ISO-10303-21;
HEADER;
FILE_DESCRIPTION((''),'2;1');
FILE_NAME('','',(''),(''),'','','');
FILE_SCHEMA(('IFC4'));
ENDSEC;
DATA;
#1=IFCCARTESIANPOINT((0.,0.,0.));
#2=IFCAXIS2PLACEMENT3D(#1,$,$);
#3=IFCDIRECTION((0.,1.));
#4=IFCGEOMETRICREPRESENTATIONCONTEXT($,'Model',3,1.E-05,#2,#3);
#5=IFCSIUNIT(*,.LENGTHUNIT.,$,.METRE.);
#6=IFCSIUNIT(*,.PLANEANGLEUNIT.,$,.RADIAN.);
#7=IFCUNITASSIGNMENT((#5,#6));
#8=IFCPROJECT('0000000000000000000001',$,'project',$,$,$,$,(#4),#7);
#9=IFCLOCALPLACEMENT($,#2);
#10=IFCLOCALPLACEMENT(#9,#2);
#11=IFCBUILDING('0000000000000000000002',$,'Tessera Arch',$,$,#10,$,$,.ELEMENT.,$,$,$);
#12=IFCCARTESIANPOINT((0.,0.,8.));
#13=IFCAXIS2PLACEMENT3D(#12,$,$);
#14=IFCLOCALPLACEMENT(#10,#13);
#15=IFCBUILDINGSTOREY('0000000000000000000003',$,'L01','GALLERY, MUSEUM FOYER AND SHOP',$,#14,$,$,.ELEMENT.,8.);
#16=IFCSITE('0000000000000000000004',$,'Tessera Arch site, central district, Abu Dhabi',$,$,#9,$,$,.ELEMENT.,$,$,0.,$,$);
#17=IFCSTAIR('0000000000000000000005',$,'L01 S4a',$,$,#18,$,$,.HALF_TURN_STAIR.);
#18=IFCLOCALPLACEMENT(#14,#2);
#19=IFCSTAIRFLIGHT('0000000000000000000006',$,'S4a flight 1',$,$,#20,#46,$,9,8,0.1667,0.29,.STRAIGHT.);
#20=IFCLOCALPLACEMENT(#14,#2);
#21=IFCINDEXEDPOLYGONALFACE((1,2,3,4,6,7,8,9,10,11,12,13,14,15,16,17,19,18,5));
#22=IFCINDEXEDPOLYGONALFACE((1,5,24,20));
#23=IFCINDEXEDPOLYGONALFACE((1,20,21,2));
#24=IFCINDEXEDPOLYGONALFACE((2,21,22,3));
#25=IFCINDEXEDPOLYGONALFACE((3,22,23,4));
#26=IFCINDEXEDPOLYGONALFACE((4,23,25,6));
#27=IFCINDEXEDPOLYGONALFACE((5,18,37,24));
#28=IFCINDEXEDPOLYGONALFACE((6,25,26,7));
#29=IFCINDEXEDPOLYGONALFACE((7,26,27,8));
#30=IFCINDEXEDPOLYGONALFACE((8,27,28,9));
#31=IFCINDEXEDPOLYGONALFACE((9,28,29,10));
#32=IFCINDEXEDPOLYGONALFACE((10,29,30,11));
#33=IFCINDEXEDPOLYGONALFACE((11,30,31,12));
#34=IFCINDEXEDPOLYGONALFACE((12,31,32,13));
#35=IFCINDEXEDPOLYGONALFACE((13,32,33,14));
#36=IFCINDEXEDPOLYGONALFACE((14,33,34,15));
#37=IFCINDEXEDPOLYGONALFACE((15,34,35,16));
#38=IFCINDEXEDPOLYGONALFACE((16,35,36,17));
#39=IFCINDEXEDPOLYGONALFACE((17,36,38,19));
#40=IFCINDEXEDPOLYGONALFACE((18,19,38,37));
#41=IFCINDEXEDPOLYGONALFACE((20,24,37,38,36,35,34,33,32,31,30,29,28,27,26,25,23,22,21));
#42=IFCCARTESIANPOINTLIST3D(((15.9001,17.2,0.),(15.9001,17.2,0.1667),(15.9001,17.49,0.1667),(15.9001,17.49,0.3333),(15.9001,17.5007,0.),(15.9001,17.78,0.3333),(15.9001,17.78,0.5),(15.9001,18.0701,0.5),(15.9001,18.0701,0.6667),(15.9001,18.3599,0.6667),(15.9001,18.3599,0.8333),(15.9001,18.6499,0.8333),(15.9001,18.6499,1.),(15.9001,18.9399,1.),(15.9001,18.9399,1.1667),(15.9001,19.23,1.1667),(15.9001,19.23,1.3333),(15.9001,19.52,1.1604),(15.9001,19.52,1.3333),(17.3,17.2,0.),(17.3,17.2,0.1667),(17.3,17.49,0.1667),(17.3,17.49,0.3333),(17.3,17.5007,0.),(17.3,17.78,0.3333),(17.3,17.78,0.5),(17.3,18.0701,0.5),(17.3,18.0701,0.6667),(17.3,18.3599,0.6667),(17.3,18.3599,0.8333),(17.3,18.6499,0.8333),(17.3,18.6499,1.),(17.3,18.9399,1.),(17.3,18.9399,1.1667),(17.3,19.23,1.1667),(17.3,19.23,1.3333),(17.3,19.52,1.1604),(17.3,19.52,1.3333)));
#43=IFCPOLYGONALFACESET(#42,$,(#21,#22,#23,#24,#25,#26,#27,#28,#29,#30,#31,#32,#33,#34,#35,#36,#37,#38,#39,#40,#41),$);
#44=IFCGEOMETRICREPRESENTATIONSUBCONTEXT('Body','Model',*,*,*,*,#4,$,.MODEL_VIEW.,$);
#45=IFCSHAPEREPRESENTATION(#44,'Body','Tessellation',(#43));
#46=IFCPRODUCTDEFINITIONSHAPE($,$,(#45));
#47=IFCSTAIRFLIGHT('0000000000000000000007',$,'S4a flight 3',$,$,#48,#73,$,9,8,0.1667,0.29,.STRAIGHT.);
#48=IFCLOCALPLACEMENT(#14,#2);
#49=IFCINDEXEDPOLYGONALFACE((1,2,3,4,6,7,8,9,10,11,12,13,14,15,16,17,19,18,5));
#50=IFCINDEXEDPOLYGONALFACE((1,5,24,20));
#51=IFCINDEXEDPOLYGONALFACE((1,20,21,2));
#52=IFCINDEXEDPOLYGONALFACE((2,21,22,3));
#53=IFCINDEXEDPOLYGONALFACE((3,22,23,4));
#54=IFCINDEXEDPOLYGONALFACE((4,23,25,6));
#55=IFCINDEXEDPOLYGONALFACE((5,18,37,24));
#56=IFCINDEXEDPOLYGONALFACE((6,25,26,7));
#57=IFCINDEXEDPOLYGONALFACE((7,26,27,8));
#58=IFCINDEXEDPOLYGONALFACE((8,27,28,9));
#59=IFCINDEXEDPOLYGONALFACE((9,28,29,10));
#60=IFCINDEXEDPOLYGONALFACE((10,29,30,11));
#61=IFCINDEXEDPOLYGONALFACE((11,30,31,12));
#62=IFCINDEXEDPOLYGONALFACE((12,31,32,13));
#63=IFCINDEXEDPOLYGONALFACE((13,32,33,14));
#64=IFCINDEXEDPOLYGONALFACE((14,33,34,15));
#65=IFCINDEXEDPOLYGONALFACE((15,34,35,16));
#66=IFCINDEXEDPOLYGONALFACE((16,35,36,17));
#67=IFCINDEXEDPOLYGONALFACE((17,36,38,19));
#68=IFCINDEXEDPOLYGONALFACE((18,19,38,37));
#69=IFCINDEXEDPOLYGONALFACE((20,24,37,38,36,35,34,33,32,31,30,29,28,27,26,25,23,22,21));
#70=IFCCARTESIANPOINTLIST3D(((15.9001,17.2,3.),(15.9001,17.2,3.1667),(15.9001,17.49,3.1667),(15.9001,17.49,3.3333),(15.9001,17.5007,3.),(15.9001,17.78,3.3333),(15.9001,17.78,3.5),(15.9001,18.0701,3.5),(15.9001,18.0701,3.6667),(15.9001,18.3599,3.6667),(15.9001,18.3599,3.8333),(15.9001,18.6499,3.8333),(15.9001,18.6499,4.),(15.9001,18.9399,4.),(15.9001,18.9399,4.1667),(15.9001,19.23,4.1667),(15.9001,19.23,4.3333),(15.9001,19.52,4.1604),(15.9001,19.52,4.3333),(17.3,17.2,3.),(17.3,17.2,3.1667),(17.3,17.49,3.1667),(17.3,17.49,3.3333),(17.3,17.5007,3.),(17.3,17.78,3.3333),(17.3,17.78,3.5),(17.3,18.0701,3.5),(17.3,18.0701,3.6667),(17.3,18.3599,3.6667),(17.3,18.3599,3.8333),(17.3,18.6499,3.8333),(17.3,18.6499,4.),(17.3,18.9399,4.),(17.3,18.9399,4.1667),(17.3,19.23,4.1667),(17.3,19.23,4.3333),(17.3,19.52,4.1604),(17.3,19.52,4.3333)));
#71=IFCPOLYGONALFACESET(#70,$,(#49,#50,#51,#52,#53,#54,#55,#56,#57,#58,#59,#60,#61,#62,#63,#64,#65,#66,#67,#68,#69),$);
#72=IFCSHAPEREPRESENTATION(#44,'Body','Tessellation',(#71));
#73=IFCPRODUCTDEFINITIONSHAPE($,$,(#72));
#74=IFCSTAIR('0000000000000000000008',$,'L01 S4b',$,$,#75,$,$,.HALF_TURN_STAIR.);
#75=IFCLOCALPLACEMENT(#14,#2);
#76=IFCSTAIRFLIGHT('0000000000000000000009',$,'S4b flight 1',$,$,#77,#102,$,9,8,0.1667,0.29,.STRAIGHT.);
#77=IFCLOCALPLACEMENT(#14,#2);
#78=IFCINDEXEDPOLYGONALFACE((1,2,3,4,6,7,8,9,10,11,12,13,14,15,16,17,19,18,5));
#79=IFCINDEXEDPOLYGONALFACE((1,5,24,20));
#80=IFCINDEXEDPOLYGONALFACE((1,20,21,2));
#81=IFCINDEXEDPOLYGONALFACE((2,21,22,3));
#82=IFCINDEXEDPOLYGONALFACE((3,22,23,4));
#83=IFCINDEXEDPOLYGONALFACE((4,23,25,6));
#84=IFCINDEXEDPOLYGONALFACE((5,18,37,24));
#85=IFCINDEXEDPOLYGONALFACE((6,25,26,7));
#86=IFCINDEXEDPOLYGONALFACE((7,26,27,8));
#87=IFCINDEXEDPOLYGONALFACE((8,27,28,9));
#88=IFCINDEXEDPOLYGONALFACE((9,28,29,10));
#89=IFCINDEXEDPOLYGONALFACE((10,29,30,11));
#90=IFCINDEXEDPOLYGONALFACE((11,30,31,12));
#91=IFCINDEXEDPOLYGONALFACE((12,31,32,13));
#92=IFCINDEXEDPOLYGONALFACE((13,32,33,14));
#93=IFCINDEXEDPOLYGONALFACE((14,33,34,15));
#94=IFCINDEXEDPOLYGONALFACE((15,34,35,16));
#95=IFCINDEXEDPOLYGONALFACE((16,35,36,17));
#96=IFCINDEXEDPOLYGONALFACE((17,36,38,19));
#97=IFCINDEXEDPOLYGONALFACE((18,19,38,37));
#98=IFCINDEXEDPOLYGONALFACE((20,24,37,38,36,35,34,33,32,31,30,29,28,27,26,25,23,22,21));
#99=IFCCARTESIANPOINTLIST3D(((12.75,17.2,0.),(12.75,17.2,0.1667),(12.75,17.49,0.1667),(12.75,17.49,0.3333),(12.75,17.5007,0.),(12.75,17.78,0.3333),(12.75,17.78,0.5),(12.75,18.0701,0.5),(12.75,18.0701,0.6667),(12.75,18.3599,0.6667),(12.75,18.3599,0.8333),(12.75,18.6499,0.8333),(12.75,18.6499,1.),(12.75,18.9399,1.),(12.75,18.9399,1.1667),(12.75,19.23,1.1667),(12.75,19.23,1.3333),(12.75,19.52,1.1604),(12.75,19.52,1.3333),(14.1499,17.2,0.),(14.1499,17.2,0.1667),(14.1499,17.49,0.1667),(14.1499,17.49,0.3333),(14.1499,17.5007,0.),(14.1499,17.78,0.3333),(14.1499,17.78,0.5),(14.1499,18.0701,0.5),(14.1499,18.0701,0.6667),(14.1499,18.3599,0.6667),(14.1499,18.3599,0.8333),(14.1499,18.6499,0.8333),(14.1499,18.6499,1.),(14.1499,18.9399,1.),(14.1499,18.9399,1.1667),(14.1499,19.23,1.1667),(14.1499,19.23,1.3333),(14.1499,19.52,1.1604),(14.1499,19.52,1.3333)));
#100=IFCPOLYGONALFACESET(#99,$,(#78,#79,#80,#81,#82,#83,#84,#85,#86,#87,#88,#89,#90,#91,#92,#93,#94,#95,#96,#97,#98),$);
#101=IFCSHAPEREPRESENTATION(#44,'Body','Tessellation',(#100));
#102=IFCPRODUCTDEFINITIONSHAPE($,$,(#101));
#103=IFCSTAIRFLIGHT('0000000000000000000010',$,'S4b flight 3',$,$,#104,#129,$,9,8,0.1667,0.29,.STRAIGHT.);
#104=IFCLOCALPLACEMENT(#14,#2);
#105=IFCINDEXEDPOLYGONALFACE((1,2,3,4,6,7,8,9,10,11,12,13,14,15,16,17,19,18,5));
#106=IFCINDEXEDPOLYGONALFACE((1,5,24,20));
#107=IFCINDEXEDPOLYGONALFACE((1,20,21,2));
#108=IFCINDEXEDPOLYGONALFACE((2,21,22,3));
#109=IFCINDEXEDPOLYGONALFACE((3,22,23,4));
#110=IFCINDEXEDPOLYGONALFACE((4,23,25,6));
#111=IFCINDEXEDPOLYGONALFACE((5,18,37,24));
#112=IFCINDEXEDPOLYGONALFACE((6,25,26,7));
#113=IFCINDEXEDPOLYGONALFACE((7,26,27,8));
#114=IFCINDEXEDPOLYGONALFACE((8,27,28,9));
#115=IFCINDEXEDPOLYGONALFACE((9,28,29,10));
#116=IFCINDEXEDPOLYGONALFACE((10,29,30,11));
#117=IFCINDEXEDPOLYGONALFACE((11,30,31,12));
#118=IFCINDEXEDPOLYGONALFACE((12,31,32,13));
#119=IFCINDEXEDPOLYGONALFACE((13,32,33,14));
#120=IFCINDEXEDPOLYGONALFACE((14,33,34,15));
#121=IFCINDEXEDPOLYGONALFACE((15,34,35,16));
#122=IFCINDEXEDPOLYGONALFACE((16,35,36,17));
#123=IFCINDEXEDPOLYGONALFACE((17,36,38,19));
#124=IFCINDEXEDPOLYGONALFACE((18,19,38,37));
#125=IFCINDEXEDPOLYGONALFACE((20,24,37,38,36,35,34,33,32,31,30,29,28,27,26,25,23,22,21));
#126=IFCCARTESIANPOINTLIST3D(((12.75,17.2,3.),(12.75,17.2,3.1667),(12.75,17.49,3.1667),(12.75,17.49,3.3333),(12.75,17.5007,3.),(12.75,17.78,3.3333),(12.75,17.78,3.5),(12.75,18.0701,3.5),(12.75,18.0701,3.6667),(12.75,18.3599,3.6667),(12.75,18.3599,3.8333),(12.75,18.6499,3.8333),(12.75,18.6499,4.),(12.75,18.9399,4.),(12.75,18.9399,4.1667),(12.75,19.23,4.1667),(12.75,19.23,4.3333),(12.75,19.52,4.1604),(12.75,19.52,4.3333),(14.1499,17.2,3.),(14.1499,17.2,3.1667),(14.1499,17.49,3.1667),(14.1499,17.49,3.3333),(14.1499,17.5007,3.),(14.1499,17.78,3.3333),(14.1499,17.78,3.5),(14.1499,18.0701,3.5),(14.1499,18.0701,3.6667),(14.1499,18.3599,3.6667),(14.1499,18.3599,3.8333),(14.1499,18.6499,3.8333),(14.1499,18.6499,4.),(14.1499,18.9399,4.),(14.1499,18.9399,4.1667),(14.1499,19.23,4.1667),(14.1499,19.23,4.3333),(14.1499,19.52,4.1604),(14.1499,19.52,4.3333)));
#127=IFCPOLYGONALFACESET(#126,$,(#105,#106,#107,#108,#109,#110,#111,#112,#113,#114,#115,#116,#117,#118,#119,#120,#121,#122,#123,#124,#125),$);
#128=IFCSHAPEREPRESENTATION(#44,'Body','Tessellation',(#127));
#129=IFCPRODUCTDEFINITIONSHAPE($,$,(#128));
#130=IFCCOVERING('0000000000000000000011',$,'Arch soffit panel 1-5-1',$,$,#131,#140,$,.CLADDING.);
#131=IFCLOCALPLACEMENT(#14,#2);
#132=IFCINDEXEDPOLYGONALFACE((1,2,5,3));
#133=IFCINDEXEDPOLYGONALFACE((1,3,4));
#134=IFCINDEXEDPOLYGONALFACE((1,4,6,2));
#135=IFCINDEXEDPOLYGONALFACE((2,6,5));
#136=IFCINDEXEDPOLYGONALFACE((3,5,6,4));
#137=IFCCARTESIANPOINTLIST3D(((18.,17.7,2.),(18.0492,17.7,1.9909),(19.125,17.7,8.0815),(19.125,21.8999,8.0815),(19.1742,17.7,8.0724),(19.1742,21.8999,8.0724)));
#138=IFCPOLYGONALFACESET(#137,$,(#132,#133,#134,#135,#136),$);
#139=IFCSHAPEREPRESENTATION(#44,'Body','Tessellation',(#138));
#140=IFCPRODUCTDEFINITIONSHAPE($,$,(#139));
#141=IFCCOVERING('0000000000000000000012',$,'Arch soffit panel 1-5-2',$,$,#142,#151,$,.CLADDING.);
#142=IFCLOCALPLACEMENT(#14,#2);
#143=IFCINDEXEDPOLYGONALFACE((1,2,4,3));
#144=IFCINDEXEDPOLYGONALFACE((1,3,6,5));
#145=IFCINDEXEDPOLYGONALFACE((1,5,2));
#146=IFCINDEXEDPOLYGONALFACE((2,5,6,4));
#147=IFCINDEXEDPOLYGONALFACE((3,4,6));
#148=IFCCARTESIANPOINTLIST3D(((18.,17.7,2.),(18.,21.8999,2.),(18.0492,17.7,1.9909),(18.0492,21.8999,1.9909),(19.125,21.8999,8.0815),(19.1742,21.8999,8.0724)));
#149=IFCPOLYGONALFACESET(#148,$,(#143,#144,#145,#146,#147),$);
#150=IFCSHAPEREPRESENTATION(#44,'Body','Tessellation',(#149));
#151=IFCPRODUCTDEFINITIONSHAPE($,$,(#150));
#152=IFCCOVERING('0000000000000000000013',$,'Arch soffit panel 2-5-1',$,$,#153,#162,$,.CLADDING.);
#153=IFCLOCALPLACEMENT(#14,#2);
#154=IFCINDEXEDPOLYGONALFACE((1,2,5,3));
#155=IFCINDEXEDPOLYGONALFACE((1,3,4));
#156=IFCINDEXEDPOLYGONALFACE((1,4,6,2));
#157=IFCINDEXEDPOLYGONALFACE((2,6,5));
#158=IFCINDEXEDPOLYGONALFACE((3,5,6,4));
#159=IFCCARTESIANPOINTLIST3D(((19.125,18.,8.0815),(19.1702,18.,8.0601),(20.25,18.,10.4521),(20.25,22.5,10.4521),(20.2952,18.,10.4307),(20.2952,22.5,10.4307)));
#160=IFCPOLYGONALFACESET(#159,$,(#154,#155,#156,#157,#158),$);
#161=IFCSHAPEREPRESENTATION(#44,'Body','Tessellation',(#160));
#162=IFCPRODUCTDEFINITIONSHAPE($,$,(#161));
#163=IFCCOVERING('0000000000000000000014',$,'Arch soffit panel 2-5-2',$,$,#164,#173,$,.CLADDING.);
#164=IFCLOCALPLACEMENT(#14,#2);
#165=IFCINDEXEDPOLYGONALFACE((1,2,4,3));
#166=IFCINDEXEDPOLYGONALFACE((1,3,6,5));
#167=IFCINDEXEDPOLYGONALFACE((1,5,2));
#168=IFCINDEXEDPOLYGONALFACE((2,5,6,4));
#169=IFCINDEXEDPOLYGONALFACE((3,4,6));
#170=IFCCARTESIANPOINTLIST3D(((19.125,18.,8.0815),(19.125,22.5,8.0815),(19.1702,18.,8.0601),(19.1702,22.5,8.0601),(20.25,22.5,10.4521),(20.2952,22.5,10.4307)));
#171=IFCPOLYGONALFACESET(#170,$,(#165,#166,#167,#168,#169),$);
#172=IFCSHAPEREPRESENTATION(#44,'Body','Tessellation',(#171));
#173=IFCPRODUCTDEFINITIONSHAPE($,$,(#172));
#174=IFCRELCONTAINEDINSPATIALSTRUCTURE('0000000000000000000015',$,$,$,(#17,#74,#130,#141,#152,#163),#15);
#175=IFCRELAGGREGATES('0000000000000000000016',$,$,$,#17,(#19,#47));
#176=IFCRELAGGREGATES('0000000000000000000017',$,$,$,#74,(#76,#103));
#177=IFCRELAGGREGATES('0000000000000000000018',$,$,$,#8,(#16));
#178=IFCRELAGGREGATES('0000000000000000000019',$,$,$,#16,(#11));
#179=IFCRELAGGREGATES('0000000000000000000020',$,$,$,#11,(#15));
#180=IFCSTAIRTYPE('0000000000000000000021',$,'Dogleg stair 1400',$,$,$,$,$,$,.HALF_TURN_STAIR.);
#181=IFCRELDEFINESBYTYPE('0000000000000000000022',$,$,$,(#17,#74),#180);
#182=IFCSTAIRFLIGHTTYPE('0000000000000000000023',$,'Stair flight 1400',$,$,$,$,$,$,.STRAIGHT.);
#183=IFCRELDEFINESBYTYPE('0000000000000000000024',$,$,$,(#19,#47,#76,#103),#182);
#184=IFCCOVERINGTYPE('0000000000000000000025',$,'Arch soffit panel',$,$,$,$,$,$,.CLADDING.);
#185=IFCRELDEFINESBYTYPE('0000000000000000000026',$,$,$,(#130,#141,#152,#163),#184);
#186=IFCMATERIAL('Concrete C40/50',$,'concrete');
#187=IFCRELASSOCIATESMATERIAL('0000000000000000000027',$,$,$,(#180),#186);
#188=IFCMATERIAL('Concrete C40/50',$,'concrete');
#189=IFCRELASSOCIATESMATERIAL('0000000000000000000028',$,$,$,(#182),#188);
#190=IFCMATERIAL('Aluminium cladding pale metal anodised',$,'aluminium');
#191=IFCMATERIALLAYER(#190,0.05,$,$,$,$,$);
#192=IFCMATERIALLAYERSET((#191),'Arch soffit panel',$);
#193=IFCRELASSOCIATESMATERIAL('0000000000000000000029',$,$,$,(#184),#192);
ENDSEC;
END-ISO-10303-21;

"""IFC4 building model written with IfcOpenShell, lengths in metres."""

from ifc_helpers import new_model, si_unit, direction, frame, origin, place, context, subcontext, project, spatial, polyline, outline, extrude, material, layer, layer_set, type_object, element, aggregate, save


model = new_model("IFC4")

# Units and contexts
model_context = context("Model", 3, precision=1e-05, world=origin(), true_north=direction((0.0, 1.0)))
body_context = subcontext(model_context, "Body", "Model", "MODEL_VIEW")
ifc_project = project(units=[si_unit("LENGTHUNIT", "METRE"), si_unit("PLANEANGLEUNIT", "RADIAN")], contexts=[model_context])

# Site, building, storey
site_placement = place(None, origin())
site = spatial("IfcSite", under=ifc_project, at=site_placement, Name="Tessera Arch site, central district, Abu Dhabi", CompositionType="ELEMENT", RefElevation=0.0)
building_placement = place(site_placement, origin())
building = spatial("IfcBuilding", under=site, at=building_placement, Name="Tessera Arch", CompositionType="ELEMENT")
storey_placement = place(building_placement, frame((0.0, 0.0, 8.0)))
storey = spatial("IfcBuildingStorey", under=building, at=storey_placement, Name="L01", Description="GALLERY, MUSEUM FOYER AND SHOP", CompositionType="ELEMENT", Elevation=8.0)

# Stairs, stair flights
ifc_material_1 = material(Name="Concrete C40/50", Category="concrete")
stair_type = type_object("IfcStairType", Name="Dogleg stair 1400", PredefinedType="HALF_TURN_STAIR", material=ifc_material_1)
stair_1_placement = place(storey_placement, origin())
stair_1 = element("IfcStair", 1, at=stair_1_placement, inside=storey, type_object=stair_type, Name="L01 S4a", PredefinedType="HALF_TURN_STAIR")
ifc_material_2 = material(Name="Concrete C40/50", Category="concrete")
stair_flight_type = type_object("IfcStairFlightType", Name="Stair flight 1400", PredefinedType="STRAIGHT", material=ifc_material_2)
stair_flight_1_placement = place(storey_placement, frame((16.6001, 17.2, 0.0), z_axis=(0.0, 0.0, 1.0), x_axis=(0.0, 1.0, 0.0)))
stair_flight_1 = element("IfcStairFlight", 2, at=stair_flight_1_placement, type_object=stair_flight_type, Name="S4a flight 1", NumberOfRisers=9, NumberOfTreads=8, PredefinedType="STRAIGHT", RiserHeight=0.1667, TreadLength=0.29, context=body_context, shape_type="SweptSolid", body=[
    extrude(outline(polyline([(0.0, 0.0), (0.0, 0.1667), (0.29, 0.1667), (0.29, 0.3333), (0.5801, 0.3333), (0.5801, 0.5), (0.8701, 0.5), (0.8701, 0.6667), (1.1599, 0.6667), (1.1599, 0.8333), (1.45, 0.8333), (1.45, 1.0), (1.74, 1.0), (1.74, 1.1667), (2.03, 1.1667), (2.03, 1.3333), (2.3201, 1.3333), (2.3201, 1.5), (2.3201, 1.1604), (0.3008, 0.0), (0.0, 0.0)])), frame((0.0, 0.7, 0.0), z_axis=(0.0, -1.0, 0.0), x_axis=(1.0, 0.0, 0.0)), (0.0, 0.0, 1.0), 1.3999),
])
stair_flight_2_placement = place(storey_placement, frame((16.6001, 17.2, 3.0), z_axis=(0.0, 0.0, 1.0), x_axis=(0.0, 1.0, 0.0)))
stair_flight_2 = element("IfcStairFlight", 3, at=stair_flight_2_placement, type_object=stair_flight_type, Name="S4a flight 3", NumberOfRisers=9, NumberOfTreads=8, PredefinedType="STRAIGHT", RiserHeight=0.1667, TreadLength=0.29, context=body_context, shape_type="SweptSolid", body=[
    extrude(outline(polyline([(0.0, 0.0), (0.0, 0.1667), (0.29, 0.1667), (0.29, 0.3333), (0.5801, 0.3333), (0.5801, 0.5), (0.8701, 0.5), (0.8701, 0.6667), (1.1599, 0.6667), (1.1599, 0.8333), (1.45, 0.8333), (1.45, 1.0), (1.74, 1.0), (1.74, 1.1667), (2.03, 1.1667), (2.03, 1.3333), (2.3201, 1.3333), (2.3201, 1.5), (2.3201, 1.1604), (0.3008, 0.0), (0.0, 0.0)])), frame((0.0, 0.7, 0.0), z_axis=(0.0, -1.0, 0.0), x_axis=(1.0, 0.0, 0.0)), (0.0, 0.0, 1.0), 1.3999),
])
aggregate(stair_1, [stair_flight_1, stair_flight_2])
stair_2_placement = place(storey_placement, origin())
stair_2 = element("IfcStair", 4, at=stair_2_placement, inside=storey, type_object=stair_type, Name="L01 S4b", PredefinedType="HALF_TURN_STAIR")
stair_flight_3_placement = place(storey_placement, frame((13.45, 17.2, 0.0), z_axis=(0.0, 0.0, 1.0), x_axis=(0.0, 1.0, 0.0)))
stair_flight_3 = element("IfcStairFlight", 5, at=stair_flight_3_placement, type_object=stair_flight_type, Name="S4b flight 1", NumberOfRisers=9, NumberOfTreads=8, PredefinedType="STRAIGHT", RiserHeight=0.1667, TreadLength=0.29, context=body_context, shape_type="SweptSolid", body=[
    extrude(outline(polyline([(0.0, 0.0), (0.0, 0.1667), (0.29, 0.1667), (0.29, 0.3333), (0.5801, 0.3333), (0.5801, 0.5), (0.8701, 0.5), (0.8701, 0.6667), (1.1599, 0.6667), (1.1599, 0.8333), (1.45, 0.8333), (1.45, 1.0), (1.74, 1.0), (1.74, 1.1667), (2.03, 1.1667), (2.03, 1.3333), (2.3201, 1.3333), (2.3201, 1.5), (2.3201, 1.1604), (0.3008, 0.0), (0.0, 0.0)])), frame((0.0, 0.7, 0.0), z_axis=(0.0, -1.0, 0.0), x_axis=(1.0, 0.0, 0.0)), (0.0, 0.0, 1.0), 1.3999),
])
stair_flight_4_placement = place(storey_placement, frame((13.45, 17.2, 3.0), z_axis=(0.0, 0.0, 1.0), x_axis=(0.0, 1.0, 0.0)))
stair_flight_4 = element("IfcStairFlight", 6, at=stair_flight_4_placement, type_object=stair_flight_type, Name="S4b flight 3", NumberOfRisers=9, NumberOfTreads=8, PredefinedType="STRAIGHT", RiserHeight=0.1667, TreadLength=0.29, context=body_context, shape_type="SweptSolid", body=[
    extrude(outline(polyline([(0.0, 0.0), (0.0, 0.1667), (0.29, 0.1667), (0.29, 0.3333), (0.5801, 0.3333), (0.5801, 0.5), (0.8701, 0.5), (0.8701, 0.6667), (1.1599, 0.6667), (1.1599, 0.8333), (1.45, 0.8333), (1.45, 1.0), (1.74, 1.0), (1.74, 1.1667), (2.03, 1.1667), (2.03, 1.3333), (2.3201, 1.3333), (2.3201, 1.5), (2.3201, 1.1604), (0.3008, 0.0), (0.0, 0.0)])), frame((0.0, 0.7, 0.0), z_axis=(0.0, -1.0, 0.0), x_axis=(1.0, 0.0, 0.0)), (0.0, 0.0, 1.0), 1.3999),
])
aggregate(stair_2, [stair_flight_3, stair_flight_4])

# Coverings
ifc_material_3 = material(Name="Aluminium cladding pale metal anodised", Category="aluminium")
ifc_layer_1 = layer(ifc_material_3, 0.05)
ifc_layer_set_1 = layer_set([ifc_layer_1], Name="Arch soffit panel")
covering_type = type_object("IfcCoveringType", Name="Arch soffit panel", PredefinedType="CLADDING", material=ifc_layer_set_1)
covering_1_placement = place(storey_placement, frame((18.0, 17.7, 2.0), z_axis=(-0.983317, 0.0, 0.1819), x_axis=(0.1819, 0.0, 0.983317)))
element("IfcCovering", 7, at=covering_1_placement, inside=storey, type_object=covering_type, Name="Arch soffit panel 1-5-1", PredefinedType="CLADDING", context=body_context, shape_type="SweptSolid", body=[
    extrude(outline(polyline([(0.0, 0.0), (6.1847, 0.0), (6.1847, 4.2), (0.0, 0.0)])), origin(), (0.0, 0.0, -1.0), 0.05),
])
covering_2_placement = place(storey_placement, frame((18.0, 17.7, 2.0), z_axis=(-0.983317, 0.0, 0.1819), x_axis=(0.150482, 0.561792, 0.813477)))
element("IfcCovering", 8, at=covering_2_placement, inside=storey, type_object=covering_type, Name="Arch soffit panel 1-5-2", PredefinedType="CLADDING", context=body_context, shape_type="SweptSolid", body=[
    extrude(outline(polyline([(0.0, 0.0), (7.476, 0.0), (2.3595, 3.4745), (0.0, 0.0)])), origin(), (0.0, 0.0, -1.0), 0.05),
])
covering_3_placement = place(storey_placement, frame((19.125, 18.0, 8.0815), z_axis=(-0.903431, 0.0, 0.428734), x_axis=(0.428734, 0.0, 0.903431)))
element("IfcCovering", 9, at=covering_3_placement, inside=storey, type_object=covering_type, Name="Arch soffit panel 2-5-1", PredefinedType="CLADDING", context=body_context, shape_type="SweptSolid", body=[
    extrude(outline(polyline([(0.0, 0.0), (2.624, 0.0), (2.624, 4.5), (0.0, 0.0)])), origin(), (0.0, 0.0, -1.0), 0.05),
])
covering_4_placement = place(storey_placement, frame((19.125, 18.0, 8.0815), z_axis=(-0.903431, 0.0, 0.428734), x_axis=(0.215966, 0.863862, 0.455084)))
element("IfcCovering", 10, at=covering_4_placement, inside=storey, type_object=covering_type, Name="Arch soffit panel 2-5-2", PredefinedType="CLADDING", context=body_context, shape_type="SweptSolid", body=[
    extrude(outline(polyline([(0.0, 0.0), (5.2092, 0.0), (3.8874, 2.2668), (0.0, 0.0)])), origin(), (0.0, 0.0, -1.0), 0.05),
])

save(model, "model.ifc")
